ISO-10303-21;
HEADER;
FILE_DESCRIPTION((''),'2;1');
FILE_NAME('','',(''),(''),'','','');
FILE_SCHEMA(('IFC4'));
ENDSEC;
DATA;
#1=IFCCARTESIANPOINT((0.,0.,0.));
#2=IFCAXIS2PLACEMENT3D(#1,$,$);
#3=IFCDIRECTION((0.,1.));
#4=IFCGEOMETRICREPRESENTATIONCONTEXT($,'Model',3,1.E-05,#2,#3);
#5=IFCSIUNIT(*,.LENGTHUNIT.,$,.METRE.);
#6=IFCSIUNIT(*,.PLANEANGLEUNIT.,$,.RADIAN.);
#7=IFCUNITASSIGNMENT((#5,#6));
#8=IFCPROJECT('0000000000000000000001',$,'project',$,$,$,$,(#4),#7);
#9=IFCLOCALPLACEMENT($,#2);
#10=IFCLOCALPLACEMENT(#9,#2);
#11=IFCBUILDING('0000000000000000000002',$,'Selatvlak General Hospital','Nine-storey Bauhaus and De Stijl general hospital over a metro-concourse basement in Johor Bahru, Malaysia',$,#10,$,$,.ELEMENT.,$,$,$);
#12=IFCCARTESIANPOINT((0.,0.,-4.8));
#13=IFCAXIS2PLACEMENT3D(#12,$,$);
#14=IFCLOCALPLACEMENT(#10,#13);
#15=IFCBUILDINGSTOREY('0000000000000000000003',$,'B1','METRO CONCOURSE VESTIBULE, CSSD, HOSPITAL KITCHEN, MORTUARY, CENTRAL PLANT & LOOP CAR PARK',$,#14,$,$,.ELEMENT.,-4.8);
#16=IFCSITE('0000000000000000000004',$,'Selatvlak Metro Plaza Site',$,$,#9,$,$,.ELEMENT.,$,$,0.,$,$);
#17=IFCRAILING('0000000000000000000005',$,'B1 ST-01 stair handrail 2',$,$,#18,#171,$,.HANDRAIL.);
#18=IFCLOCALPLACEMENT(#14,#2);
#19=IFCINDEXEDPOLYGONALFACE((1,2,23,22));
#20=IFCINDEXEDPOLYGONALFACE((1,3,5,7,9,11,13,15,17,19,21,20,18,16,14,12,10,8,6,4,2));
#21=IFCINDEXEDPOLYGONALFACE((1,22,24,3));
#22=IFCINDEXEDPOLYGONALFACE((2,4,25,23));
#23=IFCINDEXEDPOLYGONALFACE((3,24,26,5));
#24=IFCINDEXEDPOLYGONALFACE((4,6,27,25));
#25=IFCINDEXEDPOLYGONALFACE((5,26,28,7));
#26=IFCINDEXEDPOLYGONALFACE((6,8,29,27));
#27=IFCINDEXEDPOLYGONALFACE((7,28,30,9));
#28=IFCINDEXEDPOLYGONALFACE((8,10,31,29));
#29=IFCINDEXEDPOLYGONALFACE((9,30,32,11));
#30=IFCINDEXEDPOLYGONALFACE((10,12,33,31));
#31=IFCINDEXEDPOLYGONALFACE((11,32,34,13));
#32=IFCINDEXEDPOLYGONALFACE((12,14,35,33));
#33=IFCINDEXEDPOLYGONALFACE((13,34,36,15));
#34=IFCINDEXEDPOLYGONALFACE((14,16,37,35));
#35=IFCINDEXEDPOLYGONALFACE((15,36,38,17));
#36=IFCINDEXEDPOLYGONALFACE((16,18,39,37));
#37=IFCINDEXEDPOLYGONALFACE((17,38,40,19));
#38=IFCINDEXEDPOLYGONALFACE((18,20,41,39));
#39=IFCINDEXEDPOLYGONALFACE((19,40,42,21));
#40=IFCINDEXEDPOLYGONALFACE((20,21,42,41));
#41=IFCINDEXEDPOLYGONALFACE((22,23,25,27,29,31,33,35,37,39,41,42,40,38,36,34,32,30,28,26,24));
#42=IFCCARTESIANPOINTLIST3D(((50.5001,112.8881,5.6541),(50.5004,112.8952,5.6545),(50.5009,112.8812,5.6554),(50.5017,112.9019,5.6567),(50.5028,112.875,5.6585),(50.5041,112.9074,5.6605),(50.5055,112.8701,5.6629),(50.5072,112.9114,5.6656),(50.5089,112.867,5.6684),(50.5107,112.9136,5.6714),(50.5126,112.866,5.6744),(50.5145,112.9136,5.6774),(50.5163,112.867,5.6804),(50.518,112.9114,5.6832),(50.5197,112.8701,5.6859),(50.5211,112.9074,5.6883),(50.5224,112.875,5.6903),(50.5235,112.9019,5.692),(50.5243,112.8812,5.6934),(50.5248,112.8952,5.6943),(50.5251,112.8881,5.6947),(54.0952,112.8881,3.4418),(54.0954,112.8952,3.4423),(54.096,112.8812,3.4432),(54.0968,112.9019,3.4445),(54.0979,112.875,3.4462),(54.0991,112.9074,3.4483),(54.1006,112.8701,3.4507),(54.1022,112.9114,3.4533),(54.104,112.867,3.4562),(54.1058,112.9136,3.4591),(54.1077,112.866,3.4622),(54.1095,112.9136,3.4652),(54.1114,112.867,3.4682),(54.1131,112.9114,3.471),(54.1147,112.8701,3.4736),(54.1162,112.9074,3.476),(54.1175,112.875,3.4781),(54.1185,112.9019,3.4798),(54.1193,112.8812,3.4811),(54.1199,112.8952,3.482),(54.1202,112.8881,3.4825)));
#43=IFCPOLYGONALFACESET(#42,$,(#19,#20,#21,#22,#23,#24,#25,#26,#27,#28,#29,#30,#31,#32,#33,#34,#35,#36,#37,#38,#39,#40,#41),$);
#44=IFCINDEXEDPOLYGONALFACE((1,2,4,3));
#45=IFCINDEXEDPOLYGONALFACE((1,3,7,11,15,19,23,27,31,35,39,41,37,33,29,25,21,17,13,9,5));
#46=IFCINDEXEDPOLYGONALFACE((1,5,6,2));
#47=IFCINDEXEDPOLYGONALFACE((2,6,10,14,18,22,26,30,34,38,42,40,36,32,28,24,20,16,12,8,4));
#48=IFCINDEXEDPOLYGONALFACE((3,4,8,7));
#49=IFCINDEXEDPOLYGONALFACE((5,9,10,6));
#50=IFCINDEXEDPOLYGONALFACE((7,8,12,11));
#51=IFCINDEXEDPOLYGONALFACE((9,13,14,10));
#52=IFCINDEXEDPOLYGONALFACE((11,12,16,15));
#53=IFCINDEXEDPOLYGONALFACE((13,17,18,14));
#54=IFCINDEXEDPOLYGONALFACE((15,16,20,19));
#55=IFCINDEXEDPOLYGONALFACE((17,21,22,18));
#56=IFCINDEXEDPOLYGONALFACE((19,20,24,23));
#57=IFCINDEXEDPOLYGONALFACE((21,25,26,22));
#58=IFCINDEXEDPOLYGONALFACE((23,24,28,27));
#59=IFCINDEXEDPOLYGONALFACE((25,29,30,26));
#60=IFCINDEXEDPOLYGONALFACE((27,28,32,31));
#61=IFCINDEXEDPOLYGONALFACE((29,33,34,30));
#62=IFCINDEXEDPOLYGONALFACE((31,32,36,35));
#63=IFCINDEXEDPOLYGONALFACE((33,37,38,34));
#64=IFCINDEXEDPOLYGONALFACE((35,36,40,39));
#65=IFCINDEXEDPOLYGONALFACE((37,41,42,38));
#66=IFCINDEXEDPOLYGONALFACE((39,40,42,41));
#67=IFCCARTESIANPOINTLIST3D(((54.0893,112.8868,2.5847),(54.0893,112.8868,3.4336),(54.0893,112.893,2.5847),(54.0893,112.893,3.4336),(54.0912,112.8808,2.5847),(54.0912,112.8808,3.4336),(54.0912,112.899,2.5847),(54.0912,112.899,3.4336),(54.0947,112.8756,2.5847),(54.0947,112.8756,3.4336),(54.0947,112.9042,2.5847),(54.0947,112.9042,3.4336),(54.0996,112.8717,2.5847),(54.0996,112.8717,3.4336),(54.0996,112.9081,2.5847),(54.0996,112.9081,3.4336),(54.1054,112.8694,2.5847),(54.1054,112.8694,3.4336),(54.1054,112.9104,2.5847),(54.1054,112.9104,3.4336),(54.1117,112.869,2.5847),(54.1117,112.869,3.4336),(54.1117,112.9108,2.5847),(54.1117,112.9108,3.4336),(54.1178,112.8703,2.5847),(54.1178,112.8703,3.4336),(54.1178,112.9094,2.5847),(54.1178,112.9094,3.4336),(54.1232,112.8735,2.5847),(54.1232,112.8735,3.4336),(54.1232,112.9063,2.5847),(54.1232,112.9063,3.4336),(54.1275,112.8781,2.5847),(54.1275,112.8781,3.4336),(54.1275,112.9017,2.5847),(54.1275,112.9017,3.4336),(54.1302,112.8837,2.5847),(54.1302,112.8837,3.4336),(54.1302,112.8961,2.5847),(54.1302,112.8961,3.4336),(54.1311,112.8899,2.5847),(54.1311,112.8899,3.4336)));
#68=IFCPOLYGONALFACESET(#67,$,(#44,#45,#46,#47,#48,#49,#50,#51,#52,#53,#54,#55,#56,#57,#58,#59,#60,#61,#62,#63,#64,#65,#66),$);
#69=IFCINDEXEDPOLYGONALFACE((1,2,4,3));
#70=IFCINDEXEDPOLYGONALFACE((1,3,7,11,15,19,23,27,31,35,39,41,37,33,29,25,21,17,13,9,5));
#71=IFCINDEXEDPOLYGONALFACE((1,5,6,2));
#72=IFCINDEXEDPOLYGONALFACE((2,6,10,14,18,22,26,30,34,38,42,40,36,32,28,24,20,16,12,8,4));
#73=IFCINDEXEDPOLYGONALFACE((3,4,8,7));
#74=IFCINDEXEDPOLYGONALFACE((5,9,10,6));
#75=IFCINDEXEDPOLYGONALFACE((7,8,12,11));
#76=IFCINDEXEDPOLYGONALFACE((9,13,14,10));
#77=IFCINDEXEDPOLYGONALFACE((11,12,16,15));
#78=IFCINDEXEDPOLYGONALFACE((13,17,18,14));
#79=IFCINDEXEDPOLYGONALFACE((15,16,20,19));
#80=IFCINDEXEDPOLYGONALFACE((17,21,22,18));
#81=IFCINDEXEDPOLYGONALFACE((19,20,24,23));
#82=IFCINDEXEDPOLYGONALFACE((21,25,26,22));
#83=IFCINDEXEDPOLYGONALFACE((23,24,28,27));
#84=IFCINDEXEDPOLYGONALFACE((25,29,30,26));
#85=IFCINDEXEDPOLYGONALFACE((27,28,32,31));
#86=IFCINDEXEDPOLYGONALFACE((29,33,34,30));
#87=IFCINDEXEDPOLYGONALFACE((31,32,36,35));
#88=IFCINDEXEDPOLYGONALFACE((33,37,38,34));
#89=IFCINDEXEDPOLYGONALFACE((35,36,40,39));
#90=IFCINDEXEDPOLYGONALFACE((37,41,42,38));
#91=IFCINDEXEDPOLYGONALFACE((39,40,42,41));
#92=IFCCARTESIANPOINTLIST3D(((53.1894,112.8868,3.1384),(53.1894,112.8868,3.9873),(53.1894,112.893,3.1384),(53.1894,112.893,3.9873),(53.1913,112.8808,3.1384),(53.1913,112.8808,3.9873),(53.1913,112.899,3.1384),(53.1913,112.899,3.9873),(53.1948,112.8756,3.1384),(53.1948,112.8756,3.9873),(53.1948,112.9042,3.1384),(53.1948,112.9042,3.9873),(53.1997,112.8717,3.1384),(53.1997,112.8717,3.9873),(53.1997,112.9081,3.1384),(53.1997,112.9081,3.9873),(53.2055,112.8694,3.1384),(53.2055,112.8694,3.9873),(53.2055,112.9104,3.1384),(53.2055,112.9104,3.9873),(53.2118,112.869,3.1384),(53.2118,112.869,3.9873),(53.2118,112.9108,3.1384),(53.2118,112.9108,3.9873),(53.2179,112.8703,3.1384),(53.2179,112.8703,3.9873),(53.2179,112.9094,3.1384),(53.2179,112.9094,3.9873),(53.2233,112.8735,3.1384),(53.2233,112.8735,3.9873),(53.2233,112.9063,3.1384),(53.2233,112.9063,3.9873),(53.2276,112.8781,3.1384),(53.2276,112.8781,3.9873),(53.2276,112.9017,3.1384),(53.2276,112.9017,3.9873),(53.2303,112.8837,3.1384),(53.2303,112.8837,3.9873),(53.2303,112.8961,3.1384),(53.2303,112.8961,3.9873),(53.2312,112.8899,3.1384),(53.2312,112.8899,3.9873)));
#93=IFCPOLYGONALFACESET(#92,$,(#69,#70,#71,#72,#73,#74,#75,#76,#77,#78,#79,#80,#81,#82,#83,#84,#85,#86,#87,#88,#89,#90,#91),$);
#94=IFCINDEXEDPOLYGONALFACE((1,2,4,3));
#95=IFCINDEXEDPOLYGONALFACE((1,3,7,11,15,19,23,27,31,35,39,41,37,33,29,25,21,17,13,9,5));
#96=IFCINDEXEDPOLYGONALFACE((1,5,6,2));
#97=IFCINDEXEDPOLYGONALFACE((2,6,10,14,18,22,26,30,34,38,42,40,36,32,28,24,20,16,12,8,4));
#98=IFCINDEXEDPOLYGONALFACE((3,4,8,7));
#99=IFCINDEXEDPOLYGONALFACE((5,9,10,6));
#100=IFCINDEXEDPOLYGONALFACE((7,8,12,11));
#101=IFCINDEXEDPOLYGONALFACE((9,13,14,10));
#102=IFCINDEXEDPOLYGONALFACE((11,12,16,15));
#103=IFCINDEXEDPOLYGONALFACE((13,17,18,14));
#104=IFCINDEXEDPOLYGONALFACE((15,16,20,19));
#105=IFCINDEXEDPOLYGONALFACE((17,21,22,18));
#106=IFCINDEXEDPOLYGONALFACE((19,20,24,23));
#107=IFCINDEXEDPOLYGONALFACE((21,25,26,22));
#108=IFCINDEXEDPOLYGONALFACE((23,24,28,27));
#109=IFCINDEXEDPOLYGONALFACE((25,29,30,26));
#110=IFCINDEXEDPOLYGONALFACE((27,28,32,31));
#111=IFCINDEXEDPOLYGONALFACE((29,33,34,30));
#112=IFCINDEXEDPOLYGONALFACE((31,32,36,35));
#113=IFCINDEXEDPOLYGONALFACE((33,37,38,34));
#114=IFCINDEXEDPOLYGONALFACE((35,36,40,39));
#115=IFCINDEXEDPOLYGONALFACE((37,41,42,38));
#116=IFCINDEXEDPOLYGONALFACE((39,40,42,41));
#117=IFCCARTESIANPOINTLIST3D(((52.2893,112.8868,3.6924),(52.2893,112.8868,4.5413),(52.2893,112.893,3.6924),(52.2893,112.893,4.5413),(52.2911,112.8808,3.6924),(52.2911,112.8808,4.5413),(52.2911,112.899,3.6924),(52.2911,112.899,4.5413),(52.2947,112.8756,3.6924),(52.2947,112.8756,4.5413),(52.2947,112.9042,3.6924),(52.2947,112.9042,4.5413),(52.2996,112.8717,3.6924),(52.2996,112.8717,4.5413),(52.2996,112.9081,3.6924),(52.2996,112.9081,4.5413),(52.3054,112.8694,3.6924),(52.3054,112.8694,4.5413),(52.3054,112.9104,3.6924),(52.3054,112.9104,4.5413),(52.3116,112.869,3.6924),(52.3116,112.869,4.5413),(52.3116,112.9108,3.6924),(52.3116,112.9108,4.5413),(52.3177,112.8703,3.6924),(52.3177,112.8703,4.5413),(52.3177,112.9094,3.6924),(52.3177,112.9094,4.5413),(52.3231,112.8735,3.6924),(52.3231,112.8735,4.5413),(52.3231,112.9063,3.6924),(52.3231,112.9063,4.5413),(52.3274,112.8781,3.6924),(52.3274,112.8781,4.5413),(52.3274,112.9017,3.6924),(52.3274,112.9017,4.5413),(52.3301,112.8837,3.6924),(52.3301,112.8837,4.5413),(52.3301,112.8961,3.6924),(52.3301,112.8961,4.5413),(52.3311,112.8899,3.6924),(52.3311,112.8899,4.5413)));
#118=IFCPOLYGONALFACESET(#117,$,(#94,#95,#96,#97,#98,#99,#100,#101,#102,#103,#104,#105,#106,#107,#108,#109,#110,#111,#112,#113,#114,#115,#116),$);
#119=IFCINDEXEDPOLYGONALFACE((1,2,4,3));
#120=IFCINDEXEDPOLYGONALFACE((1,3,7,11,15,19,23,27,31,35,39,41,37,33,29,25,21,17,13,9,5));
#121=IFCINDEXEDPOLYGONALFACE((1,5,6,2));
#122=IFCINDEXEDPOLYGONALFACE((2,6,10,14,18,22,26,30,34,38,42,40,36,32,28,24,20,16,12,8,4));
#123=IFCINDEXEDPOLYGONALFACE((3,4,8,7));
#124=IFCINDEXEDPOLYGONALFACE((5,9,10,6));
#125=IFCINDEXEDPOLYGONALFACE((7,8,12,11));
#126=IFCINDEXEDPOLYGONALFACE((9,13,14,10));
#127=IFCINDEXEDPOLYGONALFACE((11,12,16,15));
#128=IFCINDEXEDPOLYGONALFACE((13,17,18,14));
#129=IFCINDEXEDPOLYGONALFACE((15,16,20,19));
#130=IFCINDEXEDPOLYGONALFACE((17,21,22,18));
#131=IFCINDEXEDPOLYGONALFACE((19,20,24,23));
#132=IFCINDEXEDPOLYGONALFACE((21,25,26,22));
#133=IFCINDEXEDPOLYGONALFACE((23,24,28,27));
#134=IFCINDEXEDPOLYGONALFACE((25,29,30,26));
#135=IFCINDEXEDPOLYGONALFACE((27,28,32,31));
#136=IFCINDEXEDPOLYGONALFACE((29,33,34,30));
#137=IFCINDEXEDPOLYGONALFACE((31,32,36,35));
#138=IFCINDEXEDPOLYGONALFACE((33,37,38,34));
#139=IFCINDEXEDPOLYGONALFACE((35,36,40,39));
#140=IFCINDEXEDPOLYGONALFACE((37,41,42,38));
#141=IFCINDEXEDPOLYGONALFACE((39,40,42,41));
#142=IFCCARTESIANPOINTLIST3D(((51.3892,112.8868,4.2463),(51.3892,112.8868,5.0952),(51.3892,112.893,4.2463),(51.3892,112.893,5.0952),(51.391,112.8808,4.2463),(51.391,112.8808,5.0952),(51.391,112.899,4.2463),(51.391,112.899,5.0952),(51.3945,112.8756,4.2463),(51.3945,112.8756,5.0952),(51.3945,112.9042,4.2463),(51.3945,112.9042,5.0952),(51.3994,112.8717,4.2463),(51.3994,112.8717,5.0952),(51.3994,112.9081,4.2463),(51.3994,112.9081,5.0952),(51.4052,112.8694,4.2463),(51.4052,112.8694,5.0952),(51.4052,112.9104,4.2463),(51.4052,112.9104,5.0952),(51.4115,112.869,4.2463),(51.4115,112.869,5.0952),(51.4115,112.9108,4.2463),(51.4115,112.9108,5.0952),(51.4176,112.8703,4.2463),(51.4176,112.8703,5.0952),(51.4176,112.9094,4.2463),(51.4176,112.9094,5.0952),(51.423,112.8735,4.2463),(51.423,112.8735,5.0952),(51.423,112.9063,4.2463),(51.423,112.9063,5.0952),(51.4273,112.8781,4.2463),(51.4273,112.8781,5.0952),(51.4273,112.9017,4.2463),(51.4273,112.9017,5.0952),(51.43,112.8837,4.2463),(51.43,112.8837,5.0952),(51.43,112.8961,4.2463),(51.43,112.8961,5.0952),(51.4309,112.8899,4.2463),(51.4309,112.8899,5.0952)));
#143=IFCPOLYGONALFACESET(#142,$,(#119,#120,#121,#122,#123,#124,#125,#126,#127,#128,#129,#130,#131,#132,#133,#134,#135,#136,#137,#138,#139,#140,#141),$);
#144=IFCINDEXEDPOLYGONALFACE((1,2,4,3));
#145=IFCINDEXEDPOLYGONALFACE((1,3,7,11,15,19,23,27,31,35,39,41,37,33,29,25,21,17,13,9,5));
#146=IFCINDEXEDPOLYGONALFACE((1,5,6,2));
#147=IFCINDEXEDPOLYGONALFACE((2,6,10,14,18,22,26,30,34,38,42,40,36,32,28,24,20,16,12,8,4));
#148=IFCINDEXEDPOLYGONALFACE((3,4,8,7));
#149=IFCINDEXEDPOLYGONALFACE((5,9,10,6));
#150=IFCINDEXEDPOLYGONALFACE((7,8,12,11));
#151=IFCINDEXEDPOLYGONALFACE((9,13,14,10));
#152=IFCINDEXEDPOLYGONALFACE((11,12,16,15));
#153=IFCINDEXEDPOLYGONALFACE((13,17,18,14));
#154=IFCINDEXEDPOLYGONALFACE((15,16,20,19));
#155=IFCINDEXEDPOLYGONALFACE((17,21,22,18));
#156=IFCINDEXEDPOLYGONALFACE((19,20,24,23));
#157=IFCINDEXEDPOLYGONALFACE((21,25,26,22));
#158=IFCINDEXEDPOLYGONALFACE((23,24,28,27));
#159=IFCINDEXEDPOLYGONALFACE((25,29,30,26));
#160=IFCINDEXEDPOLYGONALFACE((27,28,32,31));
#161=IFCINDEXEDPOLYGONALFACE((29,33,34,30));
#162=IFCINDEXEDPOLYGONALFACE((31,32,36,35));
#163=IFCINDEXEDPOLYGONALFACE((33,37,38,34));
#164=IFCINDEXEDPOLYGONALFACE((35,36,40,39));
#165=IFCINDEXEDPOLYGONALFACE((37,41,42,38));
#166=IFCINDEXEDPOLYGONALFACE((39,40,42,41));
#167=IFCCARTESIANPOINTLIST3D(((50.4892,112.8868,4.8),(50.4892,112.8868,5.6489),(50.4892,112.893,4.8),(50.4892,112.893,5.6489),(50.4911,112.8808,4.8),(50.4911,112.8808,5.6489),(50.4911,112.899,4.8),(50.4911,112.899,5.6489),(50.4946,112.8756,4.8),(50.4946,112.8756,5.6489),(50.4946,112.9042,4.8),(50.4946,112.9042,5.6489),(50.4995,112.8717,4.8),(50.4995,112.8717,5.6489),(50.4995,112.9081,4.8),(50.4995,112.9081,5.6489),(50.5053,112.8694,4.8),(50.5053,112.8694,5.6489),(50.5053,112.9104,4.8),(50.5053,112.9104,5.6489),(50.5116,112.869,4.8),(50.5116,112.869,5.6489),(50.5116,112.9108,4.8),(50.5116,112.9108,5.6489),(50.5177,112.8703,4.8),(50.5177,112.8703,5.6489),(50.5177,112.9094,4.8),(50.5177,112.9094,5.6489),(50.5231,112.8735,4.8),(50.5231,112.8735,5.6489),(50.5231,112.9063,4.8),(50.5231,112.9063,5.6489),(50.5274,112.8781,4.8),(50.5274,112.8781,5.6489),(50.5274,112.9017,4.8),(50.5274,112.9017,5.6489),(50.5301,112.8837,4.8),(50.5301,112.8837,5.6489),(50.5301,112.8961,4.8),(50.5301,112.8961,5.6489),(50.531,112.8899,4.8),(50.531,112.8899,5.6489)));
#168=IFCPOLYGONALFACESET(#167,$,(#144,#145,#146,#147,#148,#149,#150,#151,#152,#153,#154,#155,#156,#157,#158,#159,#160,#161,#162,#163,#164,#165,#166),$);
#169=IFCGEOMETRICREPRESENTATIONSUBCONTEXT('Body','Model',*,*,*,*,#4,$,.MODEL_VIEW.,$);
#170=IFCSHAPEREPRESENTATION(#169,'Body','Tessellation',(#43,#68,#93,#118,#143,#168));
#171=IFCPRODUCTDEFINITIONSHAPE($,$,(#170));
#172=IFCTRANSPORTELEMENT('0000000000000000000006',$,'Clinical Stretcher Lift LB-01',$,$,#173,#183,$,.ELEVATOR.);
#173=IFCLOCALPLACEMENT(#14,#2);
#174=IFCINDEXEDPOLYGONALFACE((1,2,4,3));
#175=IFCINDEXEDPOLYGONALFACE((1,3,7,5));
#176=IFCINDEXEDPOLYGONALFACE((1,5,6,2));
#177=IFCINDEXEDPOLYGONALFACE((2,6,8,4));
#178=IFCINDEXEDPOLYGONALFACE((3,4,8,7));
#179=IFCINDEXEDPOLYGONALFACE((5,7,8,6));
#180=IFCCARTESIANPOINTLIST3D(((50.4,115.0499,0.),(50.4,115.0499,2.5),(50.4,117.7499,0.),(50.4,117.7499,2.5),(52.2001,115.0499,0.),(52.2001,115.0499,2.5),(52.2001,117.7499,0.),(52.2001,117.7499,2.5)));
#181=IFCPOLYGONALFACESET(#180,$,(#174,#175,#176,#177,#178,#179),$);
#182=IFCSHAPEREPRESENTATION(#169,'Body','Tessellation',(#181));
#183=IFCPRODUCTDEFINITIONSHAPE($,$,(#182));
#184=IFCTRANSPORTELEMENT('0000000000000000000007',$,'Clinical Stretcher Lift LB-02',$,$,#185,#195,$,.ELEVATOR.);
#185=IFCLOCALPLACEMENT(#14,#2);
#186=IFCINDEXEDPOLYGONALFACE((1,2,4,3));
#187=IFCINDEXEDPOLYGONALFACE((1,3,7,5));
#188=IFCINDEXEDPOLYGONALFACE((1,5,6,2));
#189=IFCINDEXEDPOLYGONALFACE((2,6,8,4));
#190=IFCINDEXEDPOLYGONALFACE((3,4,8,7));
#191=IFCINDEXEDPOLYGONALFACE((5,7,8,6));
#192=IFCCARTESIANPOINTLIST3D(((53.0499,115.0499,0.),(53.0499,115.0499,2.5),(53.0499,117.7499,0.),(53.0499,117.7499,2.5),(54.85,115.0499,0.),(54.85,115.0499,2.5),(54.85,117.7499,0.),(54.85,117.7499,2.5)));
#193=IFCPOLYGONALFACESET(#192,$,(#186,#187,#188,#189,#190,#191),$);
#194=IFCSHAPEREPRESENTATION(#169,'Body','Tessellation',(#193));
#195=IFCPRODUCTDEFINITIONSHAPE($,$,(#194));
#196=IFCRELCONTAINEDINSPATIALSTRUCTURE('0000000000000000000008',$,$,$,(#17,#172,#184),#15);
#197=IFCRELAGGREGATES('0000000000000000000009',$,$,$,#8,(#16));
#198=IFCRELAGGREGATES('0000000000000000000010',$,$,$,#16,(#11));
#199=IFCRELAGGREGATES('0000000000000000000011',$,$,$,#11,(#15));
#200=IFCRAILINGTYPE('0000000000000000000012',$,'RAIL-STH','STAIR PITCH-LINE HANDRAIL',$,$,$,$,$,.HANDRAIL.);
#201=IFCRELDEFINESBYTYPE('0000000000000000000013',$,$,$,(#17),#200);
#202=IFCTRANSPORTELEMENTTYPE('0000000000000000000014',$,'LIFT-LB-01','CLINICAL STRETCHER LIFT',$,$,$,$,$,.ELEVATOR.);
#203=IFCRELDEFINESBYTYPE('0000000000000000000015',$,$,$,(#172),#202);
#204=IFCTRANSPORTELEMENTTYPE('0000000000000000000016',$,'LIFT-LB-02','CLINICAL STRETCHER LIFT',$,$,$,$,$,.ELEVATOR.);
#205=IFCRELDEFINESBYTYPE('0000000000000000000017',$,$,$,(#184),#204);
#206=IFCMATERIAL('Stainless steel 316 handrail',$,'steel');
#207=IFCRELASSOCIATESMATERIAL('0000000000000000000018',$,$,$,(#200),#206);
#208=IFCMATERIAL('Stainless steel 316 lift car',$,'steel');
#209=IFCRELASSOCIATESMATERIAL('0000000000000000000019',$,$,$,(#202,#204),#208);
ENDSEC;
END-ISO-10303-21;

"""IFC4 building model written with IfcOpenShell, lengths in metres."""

from ifc_helpers import new_model, si_unit, direction, frame, origin, origin_2d, place, context, subcontext, project, spatial, rectangle, circle, extrude, material, type_object, element, save


model = new_model("IFC4")

# Units and contexts
model_context = context("Model", 3, precision=1e-05, world=origin(), true_north=direction((0.0, 1.0)))
body_context = subcontext(model_context, "Body", "Model", "MODEL_VIEW")
ifc_project = project(units=[si_unit("LENGTHUNIT", "METRE"), si_unit("PLANEANGLEUNIT", "RADIAN")], contexts=[model_context])

# Site, building, storey
site_placement = place(None, origin())
site = spatial("IfcSite", under=ifc_project, at=site_placement, Name="Selatvlak Metro Plaza Site", CompositionType="ELEMENT", RefElevation=0.0)
building_placement = place(site_placement, origin())
building = spatial("IfcBuilding", under=site, at=building_placement, Name="Selatvlak General Hospital", Description="Nine-storey Bauhaus and De Stijl general hospital over a metro-concourse basement in Johor Bahru, Malaysia", CompositionType="ELEMENT")
storey_placement = place(building_placement, frame((0.0, 0.0, -4.8)))
storey = spatial("IfcBuildingStorey", under=building, at=storey_placement, Name="B1", Description="METRO CONCOURSE VESTIBULE, CSSD, HOSPITAL KITCHEN, MORTUARY, CENTRAL PLANT & LOOP CAR PARK", CompositionType="ELEMENT", Elevation=-4.8)

# Railing
ifc_material_1 = material(Name="Stainless steel 316 handrail", Category="steel")
railing_type = type_object("IfcRailingType", Name="RAIL-STH", Description="STAIR PITCH-LINE HANDRAIL", PredefinedType="HANDRAIL", material=ifc_material_1)
railing_placement = place(storey_placement, frame((54.1101, 112.8899, 2.5847)))
element("IfcRailing", 1, at=railing_placement, inside=storey, type_object=railing_type, Name="B1 ST-01 stair handrail 2", PredefinedType="HANDRAIL", context=body_context, shape_type="SweptSolid", body=[
    extrude(circle(Radius=0.0239, at=origin_2d()), frame((-0.0024, 0.0, 0.8774), z_axis=(-0.85167, 0.0, 0.524078), x_axis=(0.0, -1.0, 0.0)), (0.0, 0.0, 1.0), 4.2212),
    extrude(circle(Radius=0.021, at=origin_2d()), origin(), (0.0, 0.0, 1.0), 0.8489),
    extrude(circle(Radius=0.021, at=origin_2d()), frame((-0.8999, 0.0, 0.5537)), (0.0, 0.0, 1.0), 0.8489),
    extrude(circle(Radius=0.021, at=origin_2d()), frame((-1.8, 0.0, 1.1077)), (0.0, 0.0, 1.0), 0.8489),
    extrude(circle(Radius=0.021, at=origin_2d()), frame((-2.7002, 0.0, 1.6616)), (0.0, 0.0, 1.0), 0.8489),
    extrude(circle(Radius=0.021, at=origin_2d()), frame((-3.6001, 0.0, 2.2153)), (0.0, 0.0, 1.0), 0.8489),
])

# Transport elements
ifc_material_2 = material(Name="Stainless steel 316 lift car", Category="steel")
transport_element_type_1 = type_object("IfcTransportElementType", Name="LIFT-LB-01", Description="CLINICAL STRETCHER LIFT", PredefinedType="ELEVATOR", material=ifc_material_2)
transport_element_1_placement = place(storey_placement, frame((51.3, 116.3999, 0.0), z_axis=(0.0, 0.0, 1.0), x_axis=(1.0, 0.0, 0.0)))
element("IfcTransportElement", 2, at=transport_element_1_placement, inside=storey, type_object=transport_element_type_1, Name="Clinical Stretcher Lift LB-01", PredefinedType="ELEVATOR", context=body_context, shape_type="SweptSolid", body=[
    extrude(rectangle(XDim=1.8, YDim=2.7, at=origin_2d()), origin(), (0.0, 0.0, 1.0), 2.5),
])
transport_element_type_2 = type_object("IfcTransportElementType", Name="LIFT-LB-02", Description="CLINICAL STRETCHER LIFT", PredefinedType="ELEVATOR", material=ifc_material_2)
transport_element_2_placement = place(storey_placement, frame((53.95, 116.3999, 0.0), z_axis=(0.0, 0.0, 1.0), x_axis=(1.0, 0.0, 0.0)))
element("IfcTransportElement", 3, at=transport_element_2_placement, inside=storey, type_object=transport_element_type_2, Name="Clinical Stretcher Lift LB-02", PredefinedType="ELEVATOR", context=body_context, shape_type="SweptSolid", body=[
    extrude(rectangle(XDim=1.8, YDim=2.7, at=origin_2d()), origin(), (0.0, 0.0, 1.0), 2.5),
])

save(model, "model.ifc")
